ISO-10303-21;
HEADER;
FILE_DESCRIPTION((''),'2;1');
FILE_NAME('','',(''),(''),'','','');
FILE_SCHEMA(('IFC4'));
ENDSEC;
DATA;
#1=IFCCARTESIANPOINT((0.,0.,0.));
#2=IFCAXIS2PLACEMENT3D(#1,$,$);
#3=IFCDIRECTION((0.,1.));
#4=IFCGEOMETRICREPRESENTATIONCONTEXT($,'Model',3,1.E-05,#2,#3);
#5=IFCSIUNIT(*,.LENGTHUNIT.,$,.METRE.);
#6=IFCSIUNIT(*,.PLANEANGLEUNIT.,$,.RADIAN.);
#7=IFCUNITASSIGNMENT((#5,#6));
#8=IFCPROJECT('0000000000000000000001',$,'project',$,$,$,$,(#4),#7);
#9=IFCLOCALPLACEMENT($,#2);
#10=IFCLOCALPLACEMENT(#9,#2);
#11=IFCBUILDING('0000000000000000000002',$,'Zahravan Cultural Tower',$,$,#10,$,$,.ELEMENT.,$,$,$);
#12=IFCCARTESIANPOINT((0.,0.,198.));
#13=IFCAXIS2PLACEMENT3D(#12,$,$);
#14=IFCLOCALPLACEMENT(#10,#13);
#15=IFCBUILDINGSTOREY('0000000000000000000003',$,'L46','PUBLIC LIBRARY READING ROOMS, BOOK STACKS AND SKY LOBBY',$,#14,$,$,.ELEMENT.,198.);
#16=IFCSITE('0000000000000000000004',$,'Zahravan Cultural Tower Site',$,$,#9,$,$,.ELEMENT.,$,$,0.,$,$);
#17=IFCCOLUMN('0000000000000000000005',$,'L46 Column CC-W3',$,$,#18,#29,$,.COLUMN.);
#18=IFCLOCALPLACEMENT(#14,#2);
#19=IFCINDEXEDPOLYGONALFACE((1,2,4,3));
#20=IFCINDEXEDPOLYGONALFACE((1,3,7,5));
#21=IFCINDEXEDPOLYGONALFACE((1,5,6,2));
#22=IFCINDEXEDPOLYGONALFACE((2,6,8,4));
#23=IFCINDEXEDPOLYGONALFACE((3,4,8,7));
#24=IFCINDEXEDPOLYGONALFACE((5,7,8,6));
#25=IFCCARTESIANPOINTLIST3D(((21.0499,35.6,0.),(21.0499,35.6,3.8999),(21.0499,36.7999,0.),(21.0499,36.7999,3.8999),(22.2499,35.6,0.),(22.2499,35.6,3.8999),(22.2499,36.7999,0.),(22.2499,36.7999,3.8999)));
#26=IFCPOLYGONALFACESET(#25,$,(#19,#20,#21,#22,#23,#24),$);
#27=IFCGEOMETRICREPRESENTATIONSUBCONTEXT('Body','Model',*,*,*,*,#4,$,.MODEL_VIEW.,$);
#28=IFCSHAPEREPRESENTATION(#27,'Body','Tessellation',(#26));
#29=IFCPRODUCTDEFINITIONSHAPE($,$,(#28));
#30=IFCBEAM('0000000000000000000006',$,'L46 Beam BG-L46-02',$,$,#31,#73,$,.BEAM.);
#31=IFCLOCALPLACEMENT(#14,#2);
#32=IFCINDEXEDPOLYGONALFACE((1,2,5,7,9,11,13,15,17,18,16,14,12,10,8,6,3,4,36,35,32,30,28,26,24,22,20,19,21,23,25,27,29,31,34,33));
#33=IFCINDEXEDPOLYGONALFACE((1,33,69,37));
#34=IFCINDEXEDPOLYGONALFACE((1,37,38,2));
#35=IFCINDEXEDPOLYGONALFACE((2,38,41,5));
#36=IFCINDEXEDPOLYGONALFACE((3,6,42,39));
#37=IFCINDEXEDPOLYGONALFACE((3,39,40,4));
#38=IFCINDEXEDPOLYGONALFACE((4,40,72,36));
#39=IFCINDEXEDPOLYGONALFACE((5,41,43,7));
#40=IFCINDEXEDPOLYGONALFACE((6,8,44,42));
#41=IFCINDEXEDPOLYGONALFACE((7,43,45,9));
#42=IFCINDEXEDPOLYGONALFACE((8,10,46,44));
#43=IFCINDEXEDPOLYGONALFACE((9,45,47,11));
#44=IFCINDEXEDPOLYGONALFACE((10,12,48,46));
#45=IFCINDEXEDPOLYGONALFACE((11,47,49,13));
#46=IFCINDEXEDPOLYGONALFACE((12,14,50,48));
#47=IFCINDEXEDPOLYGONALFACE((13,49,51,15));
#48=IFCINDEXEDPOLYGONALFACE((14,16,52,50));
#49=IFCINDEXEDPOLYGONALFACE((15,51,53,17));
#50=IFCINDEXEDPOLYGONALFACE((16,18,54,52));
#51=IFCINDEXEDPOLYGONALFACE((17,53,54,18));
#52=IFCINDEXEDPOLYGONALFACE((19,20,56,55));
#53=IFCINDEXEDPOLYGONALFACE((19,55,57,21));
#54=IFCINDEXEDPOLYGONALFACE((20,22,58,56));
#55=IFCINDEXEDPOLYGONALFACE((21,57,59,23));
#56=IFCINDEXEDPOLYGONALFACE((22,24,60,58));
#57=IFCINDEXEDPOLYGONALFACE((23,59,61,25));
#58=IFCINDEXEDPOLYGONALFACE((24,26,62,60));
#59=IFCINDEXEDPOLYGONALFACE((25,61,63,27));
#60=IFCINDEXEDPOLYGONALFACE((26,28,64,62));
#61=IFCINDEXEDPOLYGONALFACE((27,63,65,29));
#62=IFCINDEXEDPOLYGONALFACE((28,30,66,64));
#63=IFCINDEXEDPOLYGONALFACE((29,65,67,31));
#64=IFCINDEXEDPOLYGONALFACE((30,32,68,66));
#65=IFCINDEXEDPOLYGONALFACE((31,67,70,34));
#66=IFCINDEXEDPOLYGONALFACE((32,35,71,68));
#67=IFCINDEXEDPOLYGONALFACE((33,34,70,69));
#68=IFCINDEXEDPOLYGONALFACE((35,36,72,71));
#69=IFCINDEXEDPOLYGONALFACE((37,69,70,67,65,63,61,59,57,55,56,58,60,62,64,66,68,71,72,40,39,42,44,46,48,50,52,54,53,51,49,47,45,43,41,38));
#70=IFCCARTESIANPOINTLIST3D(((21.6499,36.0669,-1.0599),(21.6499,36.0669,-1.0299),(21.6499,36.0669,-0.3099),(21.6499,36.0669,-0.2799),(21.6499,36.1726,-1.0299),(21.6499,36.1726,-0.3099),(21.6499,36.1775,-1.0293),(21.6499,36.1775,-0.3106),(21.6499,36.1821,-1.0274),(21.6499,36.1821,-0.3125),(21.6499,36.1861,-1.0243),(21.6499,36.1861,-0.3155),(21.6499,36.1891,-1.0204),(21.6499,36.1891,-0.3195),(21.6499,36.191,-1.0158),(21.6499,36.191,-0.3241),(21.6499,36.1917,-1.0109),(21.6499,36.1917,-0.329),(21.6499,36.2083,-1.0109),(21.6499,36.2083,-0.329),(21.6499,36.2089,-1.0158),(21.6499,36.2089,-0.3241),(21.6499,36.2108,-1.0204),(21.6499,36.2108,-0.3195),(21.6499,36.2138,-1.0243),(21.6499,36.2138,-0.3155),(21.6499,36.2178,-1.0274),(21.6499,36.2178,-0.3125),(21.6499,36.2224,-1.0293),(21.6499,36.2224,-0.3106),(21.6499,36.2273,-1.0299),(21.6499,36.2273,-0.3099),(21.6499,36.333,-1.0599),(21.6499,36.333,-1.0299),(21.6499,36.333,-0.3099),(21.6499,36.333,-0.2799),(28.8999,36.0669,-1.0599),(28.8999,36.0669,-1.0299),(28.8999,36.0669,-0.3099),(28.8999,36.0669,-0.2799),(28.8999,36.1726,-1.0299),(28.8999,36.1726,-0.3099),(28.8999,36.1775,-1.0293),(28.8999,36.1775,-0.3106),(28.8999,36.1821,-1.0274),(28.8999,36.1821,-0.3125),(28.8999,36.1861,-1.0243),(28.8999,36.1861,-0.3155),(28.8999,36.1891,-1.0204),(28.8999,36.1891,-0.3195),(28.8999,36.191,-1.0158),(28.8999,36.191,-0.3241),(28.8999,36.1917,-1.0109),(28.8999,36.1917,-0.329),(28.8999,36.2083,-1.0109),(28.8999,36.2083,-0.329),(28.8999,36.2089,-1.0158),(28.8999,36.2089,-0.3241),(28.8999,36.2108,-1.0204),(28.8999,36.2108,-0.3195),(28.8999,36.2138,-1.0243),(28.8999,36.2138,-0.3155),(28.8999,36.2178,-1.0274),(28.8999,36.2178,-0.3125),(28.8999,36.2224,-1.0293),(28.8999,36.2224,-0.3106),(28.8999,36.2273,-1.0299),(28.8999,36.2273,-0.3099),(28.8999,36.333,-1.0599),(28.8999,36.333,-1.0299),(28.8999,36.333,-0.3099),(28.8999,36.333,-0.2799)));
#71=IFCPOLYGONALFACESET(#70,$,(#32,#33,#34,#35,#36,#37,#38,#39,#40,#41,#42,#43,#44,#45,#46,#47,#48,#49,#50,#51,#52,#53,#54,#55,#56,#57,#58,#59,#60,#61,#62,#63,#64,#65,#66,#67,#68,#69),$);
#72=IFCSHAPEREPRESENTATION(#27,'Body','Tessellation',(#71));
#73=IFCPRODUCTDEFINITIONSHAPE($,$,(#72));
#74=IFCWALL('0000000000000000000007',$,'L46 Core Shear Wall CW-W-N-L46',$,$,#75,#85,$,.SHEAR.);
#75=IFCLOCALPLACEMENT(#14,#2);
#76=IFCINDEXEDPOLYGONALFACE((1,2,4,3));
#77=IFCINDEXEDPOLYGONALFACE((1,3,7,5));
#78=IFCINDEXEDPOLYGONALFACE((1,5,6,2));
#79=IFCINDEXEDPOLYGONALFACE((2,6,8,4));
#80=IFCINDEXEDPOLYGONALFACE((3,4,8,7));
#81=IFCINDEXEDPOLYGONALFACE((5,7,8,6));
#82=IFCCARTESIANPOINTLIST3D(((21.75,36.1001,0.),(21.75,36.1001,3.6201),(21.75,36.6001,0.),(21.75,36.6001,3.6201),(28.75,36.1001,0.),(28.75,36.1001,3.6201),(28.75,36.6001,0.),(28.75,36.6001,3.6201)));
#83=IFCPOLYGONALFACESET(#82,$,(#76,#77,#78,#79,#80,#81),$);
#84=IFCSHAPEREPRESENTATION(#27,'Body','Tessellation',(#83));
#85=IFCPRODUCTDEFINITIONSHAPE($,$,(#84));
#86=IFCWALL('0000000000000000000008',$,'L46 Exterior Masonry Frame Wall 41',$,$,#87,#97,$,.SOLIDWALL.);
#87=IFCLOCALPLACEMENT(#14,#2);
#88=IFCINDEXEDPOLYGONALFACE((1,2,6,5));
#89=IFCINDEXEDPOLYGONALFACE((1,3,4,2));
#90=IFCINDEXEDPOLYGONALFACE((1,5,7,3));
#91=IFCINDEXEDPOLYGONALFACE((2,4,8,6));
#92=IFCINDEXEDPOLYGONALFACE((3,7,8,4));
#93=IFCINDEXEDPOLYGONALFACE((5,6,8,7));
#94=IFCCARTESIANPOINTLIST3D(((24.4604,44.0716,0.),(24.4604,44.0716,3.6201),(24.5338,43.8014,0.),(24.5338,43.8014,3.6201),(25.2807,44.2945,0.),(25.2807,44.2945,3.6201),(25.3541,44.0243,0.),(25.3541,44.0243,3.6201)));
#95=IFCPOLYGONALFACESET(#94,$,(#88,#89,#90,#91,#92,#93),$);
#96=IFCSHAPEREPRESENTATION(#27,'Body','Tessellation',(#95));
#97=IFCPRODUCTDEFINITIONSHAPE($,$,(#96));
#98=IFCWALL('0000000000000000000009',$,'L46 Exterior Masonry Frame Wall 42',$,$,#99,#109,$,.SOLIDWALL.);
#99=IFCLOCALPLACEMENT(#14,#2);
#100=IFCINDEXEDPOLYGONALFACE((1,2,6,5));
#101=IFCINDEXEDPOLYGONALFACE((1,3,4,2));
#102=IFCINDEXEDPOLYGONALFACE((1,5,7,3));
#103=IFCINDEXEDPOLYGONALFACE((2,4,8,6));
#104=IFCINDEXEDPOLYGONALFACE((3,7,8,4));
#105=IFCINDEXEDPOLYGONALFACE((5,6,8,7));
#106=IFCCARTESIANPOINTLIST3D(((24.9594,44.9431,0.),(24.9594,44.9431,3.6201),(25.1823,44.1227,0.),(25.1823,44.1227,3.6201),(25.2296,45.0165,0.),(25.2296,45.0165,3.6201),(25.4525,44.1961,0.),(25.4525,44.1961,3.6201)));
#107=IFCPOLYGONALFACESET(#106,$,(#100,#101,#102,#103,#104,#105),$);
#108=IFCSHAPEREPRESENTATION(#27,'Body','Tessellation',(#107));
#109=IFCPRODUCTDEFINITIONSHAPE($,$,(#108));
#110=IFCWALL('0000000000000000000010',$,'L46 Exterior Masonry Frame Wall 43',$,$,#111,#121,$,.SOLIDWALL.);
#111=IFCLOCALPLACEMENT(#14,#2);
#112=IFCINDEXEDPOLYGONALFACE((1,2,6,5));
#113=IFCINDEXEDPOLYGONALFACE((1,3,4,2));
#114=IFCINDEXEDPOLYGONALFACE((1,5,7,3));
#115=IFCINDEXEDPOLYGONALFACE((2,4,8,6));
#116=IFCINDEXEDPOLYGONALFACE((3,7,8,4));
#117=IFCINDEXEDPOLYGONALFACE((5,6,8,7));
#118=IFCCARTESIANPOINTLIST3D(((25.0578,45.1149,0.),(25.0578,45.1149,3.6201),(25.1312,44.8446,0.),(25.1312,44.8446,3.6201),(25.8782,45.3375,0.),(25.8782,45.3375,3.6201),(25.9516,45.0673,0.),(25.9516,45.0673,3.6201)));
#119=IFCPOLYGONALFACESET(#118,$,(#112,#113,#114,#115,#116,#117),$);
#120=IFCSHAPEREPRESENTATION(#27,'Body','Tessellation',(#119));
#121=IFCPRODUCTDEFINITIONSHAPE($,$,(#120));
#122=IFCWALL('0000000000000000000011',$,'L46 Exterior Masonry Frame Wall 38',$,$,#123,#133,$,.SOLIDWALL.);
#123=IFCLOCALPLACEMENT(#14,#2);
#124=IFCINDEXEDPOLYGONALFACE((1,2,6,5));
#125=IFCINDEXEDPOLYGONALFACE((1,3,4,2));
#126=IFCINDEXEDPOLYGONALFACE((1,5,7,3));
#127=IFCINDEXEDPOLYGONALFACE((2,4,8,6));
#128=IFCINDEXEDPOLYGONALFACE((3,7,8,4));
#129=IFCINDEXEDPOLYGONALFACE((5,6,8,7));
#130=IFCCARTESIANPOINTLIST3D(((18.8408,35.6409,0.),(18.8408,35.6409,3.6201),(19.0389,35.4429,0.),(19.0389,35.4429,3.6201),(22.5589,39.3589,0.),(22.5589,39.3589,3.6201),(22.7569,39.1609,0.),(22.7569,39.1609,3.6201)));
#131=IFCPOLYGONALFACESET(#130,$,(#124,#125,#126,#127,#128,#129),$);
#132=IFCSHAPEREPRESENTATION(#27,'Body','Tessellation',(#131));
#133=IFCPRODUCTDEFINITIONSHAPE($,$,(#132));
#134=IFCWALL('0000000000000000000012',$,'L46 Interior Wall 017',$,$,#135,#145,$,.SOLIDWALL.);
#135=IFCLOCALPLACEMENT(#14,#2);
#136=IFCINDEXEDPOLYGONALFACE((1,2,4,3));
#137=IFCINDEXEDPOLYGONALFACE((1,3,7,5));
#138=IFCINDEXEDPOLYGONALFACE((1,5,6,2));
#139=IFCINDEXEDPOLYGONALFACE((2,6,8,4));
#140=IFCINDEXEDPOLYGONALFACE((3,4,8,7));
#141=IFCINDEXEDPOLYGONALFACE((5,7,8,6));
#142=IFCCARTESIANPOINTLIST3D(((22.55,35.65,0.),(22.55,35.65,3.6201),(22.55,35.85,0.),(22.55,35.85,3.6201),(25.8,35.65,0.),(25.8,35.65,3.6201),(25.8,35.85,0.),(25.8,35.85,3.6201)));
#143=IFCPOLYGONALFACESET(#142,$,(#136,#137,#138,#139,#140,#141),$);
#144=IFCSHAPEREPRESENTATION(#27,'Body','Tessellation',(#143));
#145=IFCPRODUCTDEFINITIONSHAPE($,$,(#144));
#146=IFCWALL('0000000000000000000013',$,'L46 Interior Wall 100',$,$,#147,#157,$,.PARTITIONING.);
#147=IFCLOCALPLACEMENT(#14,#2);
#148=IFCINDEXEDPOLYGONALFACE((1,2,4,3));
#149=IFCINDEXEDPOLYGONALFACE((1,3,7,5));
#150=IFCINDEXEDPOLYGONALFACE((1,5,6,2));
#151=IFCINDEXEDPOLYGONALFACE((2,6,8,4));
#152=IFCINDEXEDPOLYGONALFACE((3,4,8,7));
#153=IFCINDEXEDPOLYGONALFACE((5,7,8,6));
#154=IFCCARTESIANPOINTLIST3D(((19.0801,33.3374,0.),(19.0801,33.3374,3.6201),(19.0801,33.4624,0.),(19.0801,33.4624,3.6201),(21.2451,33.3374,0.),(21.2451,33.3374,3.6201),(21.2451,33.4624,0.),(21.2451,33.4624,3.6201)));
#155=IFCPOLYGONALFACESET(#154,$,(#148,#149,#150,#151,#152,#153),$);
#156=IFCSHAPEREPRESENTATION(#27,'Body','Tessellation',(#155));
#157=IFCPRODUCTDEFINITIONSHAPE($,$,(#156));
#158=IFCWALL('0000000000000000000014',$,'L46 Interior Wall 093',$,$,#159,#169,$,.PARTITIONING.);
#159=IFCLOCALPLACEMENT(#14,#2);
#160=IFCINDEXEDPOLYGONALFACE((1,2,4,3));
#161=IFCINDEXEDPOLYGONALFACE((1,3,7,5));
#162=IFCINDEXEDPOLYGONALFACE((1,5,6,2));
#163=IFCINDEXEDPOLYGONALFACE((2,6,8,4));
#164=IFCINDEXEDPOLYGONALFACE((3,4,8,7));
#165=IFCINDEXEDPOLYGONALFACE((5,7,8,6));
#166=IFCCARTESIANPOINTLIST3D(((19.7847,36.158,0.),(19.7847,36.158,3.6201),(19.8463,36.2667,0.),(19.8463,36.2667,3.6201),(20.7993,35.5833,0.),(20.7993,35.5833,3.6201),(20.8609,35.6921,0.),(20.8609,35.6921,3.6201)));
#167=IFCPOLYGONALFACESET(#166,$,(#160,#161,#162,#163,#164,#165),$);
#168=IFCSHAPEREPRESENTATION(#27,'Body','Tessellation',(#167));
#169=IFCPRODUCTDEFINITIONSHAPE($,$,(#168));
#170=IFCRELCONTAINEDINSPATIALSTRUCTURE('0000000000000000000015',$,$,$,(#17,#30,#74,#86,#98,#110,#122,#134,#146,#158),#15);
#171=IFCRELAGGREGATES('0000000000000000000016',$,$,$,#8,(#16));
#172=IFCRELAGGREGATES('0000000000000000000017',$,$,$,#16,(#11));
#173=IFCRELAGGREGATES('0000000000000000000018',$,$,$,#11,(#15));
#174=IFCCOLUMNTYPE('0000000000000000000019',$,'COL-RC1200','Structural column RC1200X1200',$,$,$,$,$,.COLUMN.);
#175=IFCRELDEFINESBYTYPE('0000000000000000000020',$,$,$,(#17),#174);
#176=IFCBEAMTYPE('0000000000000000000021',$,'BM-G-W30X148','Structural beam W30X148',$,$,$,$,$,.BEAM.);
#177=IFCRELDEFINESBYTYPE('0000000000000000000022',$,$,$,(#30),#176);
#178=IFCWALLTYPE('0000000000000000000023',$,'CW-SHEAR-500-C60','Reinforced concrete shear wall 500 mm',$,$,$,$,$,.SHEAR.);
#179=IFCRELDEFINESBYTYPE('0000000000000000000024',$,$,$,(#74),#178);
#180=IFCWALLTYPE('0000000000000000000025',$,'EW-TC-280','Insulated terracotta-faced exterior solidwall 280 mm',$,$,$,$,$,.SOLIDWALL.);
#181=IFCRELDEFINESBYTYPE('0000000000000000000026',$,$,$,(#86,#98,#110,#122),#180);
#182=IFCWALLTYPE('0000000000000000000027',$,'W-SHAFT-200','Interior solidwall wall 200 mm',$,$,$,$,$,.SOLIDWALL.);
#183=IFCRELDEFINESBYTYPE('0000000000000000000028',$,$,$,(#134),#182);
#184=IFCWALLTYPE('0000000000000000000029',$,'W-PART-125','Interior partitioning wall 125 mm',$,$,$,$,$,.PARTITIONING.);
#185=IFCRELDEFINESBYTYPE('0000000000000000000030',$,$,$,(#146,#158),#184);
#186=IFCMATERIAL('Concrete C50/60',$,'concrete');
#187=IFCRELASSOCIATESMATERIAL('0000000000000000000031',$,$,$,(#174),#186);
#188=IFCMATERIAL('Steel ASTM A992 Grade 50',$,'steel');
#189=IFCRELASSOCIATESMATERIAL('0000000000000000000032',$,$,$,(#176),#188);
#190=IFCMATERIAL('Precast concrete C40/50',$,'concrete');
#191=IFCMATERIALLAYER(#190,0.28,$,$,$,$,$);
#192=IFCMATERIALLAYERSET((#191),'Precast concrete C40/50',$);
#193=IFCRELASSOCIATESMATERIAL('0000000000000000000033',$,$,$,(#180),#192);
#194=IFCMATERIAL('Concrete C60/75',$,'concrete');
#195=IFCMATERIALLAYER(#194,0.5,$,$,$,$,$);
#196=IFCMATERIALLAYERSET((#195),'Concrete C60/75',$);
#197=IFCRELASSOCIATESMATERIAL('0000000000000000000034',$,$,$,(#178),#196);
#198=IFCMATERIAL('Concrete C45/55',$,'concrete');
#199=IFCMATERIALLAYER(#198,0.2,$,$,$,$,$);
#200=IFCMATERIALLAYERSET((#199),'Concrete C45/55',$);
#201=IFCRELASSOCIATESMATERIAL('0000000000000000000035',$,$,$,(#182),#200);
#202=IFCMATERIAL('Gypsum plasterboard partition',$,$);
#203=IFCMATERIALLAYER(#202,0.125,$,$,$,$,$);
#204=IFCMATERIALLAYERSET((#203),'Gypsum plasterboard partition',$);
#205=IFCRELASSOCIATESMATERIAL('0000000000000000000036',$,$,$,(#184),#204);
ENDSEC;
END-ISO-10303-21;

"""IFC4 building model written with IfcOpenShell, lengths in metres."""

from ifc_helpers import new_model, si_unit, direction, frame, frame_2d, origin, origin_2d, place, context, subcontext, project, spatial, rectangle, i_section, extrude, source, transform, mapped, material, layer, layer_set, material_profile, profile_set, type_object, element, save


model = new_model("IFC4")

# Units and contexts
model_context = context("Model", 3, precision=1e-05, world=origin(), true_north=direction((0.0, 1.0)))
body_context = subcontext(model_context, "Body", "Model", "MODEL_VIEW")
ifc_project = project(units=[si_unit("LENGTHUNIT", "METRE"), si_unit("PLANEANGLEUNIT", "RADIAN")], contexts=[model_context])

# Site, building, storey
site_placement = place(None, origin())
site = spatial("IfcSite", under=ifc_project, at=site_placement, Name="Zahravan Cultural Tower Site", CompositionType="ELEMENT", RefElevation=0.0)
building_placement = place(site_placement, origin())
building = spatial("IfcBuilding", under=site, at=building_placement, Name="Zahravan Cultural Tower", CompositionType="ELEMENT")
storey_placement = place(building_placement, frame((0.0, 0.0, 198.0)))
storey = spatial("IfcBuildingStorey", under=building, at=storey_placement, Name="L46", Description="PUBLIC LIBRARY READING ROOMS, BOOK STACKS AND SKY LOBBY", CompositionType="ELEMENT", Elevation=198.0)

# Column
ifc_material_1 = material(Name="Concrete C50/60", Category="concrete")
ifc_material_profile_1 = material_profile(ifc_material_1, rectangle(XDim=1.2, YDim=1.2, at=origin_2d()), Name="RC1200X1200")
ifc_profile_set_1 = profile_set([ifc_material_profile_1], Name="Concrete C50/60")
column_type = type_object("IfcColumnType", Name="COL-RC1200", Description="Structural column RC1200X1200", PredefinedType="COLUMN", material=ifc_profile_set_1)
shared_shape_1 = source(origin(), body_context, "Body", "SweptSolid", [
    extrude(rectangle(XDim=1.2, YDim=1.2, at=origin_2d()), origin(), (0.0, 0.0, 1.0), 3.8999),
])
column_placement = place(storey_placement, frame((21.6499, 36.2, 0.0), z_axis=(0.0, 0.0, 1.0), x_axis=(1.0, 0.0, 0.0)))
element("IfcColumn", 1, at=column_placement, inside=storey, type_object=column_type, Name="L46 Column CC-W3", PredefinedType="COLUMN", context=body_context, shape_type="MappedRepresentation", body=[
    mapped(shared_shape_1, transform((0.0, 0.0, 0.0), x_axis=(1.0, 0.0, 0.0), y_axis=(0.0, 1.0, 0.0), z_axis=(0.0, 0.0, 1.0), scale=1.0)),
])

# Beam
ifc_material_2 = material(Name="Steel ASTM A992 Grade 50", Category="steel")
ifc_material_profile_2 = material_profile(ifc_material_2, i_section(OverallWidth=0.2661, OverallDepth=0.78, WebThickness=0.0166, FlangeThickness=0.03, FilletRadius=0.019, at=origin_2d()), Name="W30X148")
ifc_profile_set_2 = profile_set([ifc_material_profile_2], Name="Steel ASTM A992 Grade 50")
beam_type = type_object("IfcBeamType", Name="BM-G-W30X148", Description="Structural beam W30X148", PredefinedType="BEAM", material=ifc_profile_set_2)
shared_shape_2 = source(origin(), body_context, "Body", "SweptSolid", [
    extrude(i_section(OverallWidth=0.2661, OverallDepth=0.78, WebThickness=0.0166, FlangeThickness=0.03, FilletRadius=0.019, at=origin_2d()), origin(), (0.0, 0.0, 1.0), 7.25),
])
beam_placement = place(storey_placement, frame((21.6499, 36.2, -0.6699), z_axis=(1.0, 0.0, 0.0), x_axis=(0.0, 1.0, 0.0)))
element("IfcBeam", 2, at=beam_placement, inside=storey, type_object=beam_type, Name="L46 Beam BG-L46-02", PredefinedType="BEAM", context=body_context, shape_type="MappedRepresentation", body=[
    mapped(shared_shape_2, transform((0.0, 0.0, 0.0), x_axis=(1.0, 0.0, 0.0), y_axis=(0.0, 1.0, 0.0), z_axis=(0.0, 0.0, 1.0), scale=1.0)),
])

# Shared definitions
ifc_material_3 = material(Name="Precast concrete C40/50", Category="concrete")
ifc_layer_1 = layer(ifc_material_3, 0.28)
ifc_layer_set_1 = layer_set([ifc_layer_1], Name="Precast concrete C40/50")
wall_type_1 = type_object("IfcWallType", Name="EW-TC-280", Description="Insulated terracotta-faced exterior solidwall 280 mm", PredefinedType="SOLIDWALL", material=ifc_layer_set_1)

# Walls
ifc_material_4 = material(Name="Concrete C60/75", Category="concrete")
ifc_layer_2 = layer(ifc_material_4, 0.5)
ifc_layer_set_2 = layer_set([ifc_layer_2], Name="Concrete C60/75")
wall_type_2 = type_object("IfcWallType", Name="CW-SHEAR-500-C60", Description="Reinforced concrete shear wall 500 mm", PredefinedType="SHEAR", material=ifc_layer_set_2)
shared_shape_3 = source(origin(), body_context, "Body", "SweptSolid", [
    extrude(rectangle(XDim=7.0, YDim=0.5, at=frame_2d((3.5, 0.0))), origin(), (0.0, 0.0, 1.0), 3.6201),
])
wall_1_placement = place(storey_placement, frame((21.75, 36.3501, 0.0), z_axis=(0.0, 0.0, 1.0), x_axis=(1.0, 0.0, 0.0)))
element("IfcWall", 3, at=wall_1_placement, inside=storey, type_object=wall_type_2, Name="L46 Core Shear Wall CW-W-N-L46", PredefinedType="SHEAR", context=body_context, shape_type="MappedRepresentation", body=[
    mapped(shared_shape_3, transform((0.0, 0.0, 0.0), x_axis=(1.0, 0.0, 0.0), y_axis=(0.0, 1.0, 0.0), z_axis=(0.0, 0.0, 1.0), scale=1.0)),
])
shared_shape_4 = source(origin(), body_context, "Body", "SweptSolid", [
    extrude(rectangle(XDim=0.8501, YDim=0.28, at=frame_2d((0.425, 0.0))), origin(), (0.0, 0.0, 1.0), 3.6201),
])
for number, where, z_axis, x_axis, name in (
    (4, (24.4971, 43.9365, 0.0), (0.0, 0.0, 1.0), (0.965009, 0.262218, 0.0), "L46 Exterior Masonry Frame Wall 41"),
    (5, (25.3174, 44.1594, 0.0), (0.0, 0.0, 1.0), (-0.262218, 0.965009, 0.0), "L46 Exterior Masonry Frame Wall 42"),
    (6, (25.0945, 44.9797, 0.0), (0.0, 0.0, 1.0), (0.965081, 0.261951, 0.0), "L46 Exterior Masonry Frame Wall 43"),
):
    element("IfcWall", number, at=place(storey_placement, frame(where, z_axis=z_axis, x_axis=x_axis)), inside=storey, type_object=wall_type_1, Name=name, PredefinedType="SOLIDWALL", context=body_context, shape_type="MappedRepresentation", body=[
        mapped(shared_shape_4, transform((0.0, 0.0, 0.0), x_axis=(1.0, 0.0, 0.0), y_axis=(0.0, 1.0, 0.0), z_axis=(0.0, 0.0, 1.0), scale=1.0)),
    ])
shared_shape_5 = source(origin(), body_context, "Body", "SweptSolid", [
    extrude(rectangle(XDim=5.2581, YDim=0.28, at=frame_2d((2.6289, 0.0))), origin(), (0.0, 0.0, 1.0), 3.6201),
])
wall_2_placement = place(storey_placement, frame((18.9399, 35.542, 0.0), z_axis=(0.0, 0.0, 1.0), x_axis=(0.707107, 0.707107, 0.0)))
element("IfcWall", 7, at=wall_2_placement, inside=storey, type_object=wall_type_1, Name="L46 Exterior Masonry Frame Wall 38", PredefinedType="SOLIDWALL", context=body_context, shape_type="MappedRepresentation", body=[
    mapped(shared_shape_5, transform((0.0, 0.0, 0.0), x_axis=(1.0, 0.0, 0.0), y_axis=(0.0, 1.0, 0.0), z_axis=(0.0, 0.0, 1.0), scale=1.0)),
])
ifc_material_5 = material(Name="Concrete C45/55", Category="concrete")
ifc_layer_3 = layer(ifc_material_5, 0.2)
ifc_layer_set_3 = layer_set([ifc_layer_3], Name="Concrete C45/55")
wall_type_3 = type_object("IfcWallType", Name="W-SHAFT-200", Description="Interior solidwall wall 200 mm", PredefinedType="SOLIDWALL", material=ifc_layer_set_3)
shared_shape_6 = source(origin(), body_context, "Body", "SweptSolid", [
    extrude(rectangle(XDim=3.25, YDim=0.2, at=frame_2d((1.625, 0.0))), origin(), (0.0, 0.0, 1.0), 3.6201),
])
wall_3_placement = place(storey_placement, frame((22.55, 35.75, 0.0), z_axis=(0.0, 0.0, 1.0), x_axis=(1.0, 0.0, 0.0)))
element("IfcWall", 8, at=wall_3_placement, inside=storey, type_object=wall_type_3, Name="L46 Interior Wall 017", PredefinedType="SOLIDWALL", context=body_context, shape_type="MappedRepresentation", body=[
    mapped(shared_shape_6, transform((0.0, 0.0, 0.0), x_axis=(1.0, 0.0, 0.0), y_axis=(0.0, 1.0, 0.0), z_axis=(0.0, 0.0, 1.0), scale=1.0)),
])
ifc_material_6 = material(Name="Gypsum plasterboard partition")
ifc_layer_4 = layer(ifc_material_6, 0.125)
ifc_layer_set_4 = layer_set([ifc_layer_4], Name="Gypsum plasterboard partition")
wall_type_4 = type_object("IfcWallType", Name="W-PART-125", Description="Interior partitioning wall 125 mm", PredefinedType="PARTITIONING", material=ifc_layer_set_4)
shared_shape_7 = source(origin(), body_context, "Body", "SweptSolid", [
    extrude(rectangle(XDim=2.165, YDim=0.125, at=frame_2d((1.0825, 0.0))), origin(), (0.0, 0.0, 1.0), 3.6201),
])
wall_4_placement = place(storey_placement, frame((21.2451, 33.3999, 0.0), z_axis=(0.0, 0.0, 1.0), x_axis=(-1.0, 0.0, 0.0)))
element("IfcWall", 9, at=wall_4_placement, inside=storey, type_object=wall_type_4, Name="L46 Interior Wall 100", PredefinedType="PARTITIONING", context=body_context, shape_type="MappedRepresentation", body=[
    mapped(shared_shape_7, transform((0.0, 0.0, 0.0), x_axis=(1.0, 0.0, 0.0), y_axis=(0.0, 1.0, 0.0), z_axis=(0.0, 0.0, 1.0), scale=1.0)),
])
shared_shape_8 = source(origin(), body_context, "Body", "SweptSolid", [
    extrude(rectangle(XDim=1.166, YDim=0.125, at=frame_2d((0.583, 0.0))), origin(), (0.0, 0.0, 1.0), 3.6201),
])
wall_5_placement = place(storey_placement, frame((20.8301, 35.6377, 0.0), z_axis=(0.0, 0.0, 1.0), x_axis=(-0.870118, 0.492844, 0.0)))
element("IfcWall", 10, at=wall_5_placement, inside=storey, type_object=wall_type_4, Name="L46 Interior Wall 093", PredefinedType="PARTITIONING", context=body_context, shape_type="MappedRepresentation", body=[
    mapped(shared_shape_8, transform((0.0, 0.0, 0.0), x_axis=(1.0, 0.0, 0.0), y_axis=(0.0, 1.0, 0.0), z_axis=(0.0, 0.0, 1.0), scale=1.0)),
])

save(model, "model.ifc")
